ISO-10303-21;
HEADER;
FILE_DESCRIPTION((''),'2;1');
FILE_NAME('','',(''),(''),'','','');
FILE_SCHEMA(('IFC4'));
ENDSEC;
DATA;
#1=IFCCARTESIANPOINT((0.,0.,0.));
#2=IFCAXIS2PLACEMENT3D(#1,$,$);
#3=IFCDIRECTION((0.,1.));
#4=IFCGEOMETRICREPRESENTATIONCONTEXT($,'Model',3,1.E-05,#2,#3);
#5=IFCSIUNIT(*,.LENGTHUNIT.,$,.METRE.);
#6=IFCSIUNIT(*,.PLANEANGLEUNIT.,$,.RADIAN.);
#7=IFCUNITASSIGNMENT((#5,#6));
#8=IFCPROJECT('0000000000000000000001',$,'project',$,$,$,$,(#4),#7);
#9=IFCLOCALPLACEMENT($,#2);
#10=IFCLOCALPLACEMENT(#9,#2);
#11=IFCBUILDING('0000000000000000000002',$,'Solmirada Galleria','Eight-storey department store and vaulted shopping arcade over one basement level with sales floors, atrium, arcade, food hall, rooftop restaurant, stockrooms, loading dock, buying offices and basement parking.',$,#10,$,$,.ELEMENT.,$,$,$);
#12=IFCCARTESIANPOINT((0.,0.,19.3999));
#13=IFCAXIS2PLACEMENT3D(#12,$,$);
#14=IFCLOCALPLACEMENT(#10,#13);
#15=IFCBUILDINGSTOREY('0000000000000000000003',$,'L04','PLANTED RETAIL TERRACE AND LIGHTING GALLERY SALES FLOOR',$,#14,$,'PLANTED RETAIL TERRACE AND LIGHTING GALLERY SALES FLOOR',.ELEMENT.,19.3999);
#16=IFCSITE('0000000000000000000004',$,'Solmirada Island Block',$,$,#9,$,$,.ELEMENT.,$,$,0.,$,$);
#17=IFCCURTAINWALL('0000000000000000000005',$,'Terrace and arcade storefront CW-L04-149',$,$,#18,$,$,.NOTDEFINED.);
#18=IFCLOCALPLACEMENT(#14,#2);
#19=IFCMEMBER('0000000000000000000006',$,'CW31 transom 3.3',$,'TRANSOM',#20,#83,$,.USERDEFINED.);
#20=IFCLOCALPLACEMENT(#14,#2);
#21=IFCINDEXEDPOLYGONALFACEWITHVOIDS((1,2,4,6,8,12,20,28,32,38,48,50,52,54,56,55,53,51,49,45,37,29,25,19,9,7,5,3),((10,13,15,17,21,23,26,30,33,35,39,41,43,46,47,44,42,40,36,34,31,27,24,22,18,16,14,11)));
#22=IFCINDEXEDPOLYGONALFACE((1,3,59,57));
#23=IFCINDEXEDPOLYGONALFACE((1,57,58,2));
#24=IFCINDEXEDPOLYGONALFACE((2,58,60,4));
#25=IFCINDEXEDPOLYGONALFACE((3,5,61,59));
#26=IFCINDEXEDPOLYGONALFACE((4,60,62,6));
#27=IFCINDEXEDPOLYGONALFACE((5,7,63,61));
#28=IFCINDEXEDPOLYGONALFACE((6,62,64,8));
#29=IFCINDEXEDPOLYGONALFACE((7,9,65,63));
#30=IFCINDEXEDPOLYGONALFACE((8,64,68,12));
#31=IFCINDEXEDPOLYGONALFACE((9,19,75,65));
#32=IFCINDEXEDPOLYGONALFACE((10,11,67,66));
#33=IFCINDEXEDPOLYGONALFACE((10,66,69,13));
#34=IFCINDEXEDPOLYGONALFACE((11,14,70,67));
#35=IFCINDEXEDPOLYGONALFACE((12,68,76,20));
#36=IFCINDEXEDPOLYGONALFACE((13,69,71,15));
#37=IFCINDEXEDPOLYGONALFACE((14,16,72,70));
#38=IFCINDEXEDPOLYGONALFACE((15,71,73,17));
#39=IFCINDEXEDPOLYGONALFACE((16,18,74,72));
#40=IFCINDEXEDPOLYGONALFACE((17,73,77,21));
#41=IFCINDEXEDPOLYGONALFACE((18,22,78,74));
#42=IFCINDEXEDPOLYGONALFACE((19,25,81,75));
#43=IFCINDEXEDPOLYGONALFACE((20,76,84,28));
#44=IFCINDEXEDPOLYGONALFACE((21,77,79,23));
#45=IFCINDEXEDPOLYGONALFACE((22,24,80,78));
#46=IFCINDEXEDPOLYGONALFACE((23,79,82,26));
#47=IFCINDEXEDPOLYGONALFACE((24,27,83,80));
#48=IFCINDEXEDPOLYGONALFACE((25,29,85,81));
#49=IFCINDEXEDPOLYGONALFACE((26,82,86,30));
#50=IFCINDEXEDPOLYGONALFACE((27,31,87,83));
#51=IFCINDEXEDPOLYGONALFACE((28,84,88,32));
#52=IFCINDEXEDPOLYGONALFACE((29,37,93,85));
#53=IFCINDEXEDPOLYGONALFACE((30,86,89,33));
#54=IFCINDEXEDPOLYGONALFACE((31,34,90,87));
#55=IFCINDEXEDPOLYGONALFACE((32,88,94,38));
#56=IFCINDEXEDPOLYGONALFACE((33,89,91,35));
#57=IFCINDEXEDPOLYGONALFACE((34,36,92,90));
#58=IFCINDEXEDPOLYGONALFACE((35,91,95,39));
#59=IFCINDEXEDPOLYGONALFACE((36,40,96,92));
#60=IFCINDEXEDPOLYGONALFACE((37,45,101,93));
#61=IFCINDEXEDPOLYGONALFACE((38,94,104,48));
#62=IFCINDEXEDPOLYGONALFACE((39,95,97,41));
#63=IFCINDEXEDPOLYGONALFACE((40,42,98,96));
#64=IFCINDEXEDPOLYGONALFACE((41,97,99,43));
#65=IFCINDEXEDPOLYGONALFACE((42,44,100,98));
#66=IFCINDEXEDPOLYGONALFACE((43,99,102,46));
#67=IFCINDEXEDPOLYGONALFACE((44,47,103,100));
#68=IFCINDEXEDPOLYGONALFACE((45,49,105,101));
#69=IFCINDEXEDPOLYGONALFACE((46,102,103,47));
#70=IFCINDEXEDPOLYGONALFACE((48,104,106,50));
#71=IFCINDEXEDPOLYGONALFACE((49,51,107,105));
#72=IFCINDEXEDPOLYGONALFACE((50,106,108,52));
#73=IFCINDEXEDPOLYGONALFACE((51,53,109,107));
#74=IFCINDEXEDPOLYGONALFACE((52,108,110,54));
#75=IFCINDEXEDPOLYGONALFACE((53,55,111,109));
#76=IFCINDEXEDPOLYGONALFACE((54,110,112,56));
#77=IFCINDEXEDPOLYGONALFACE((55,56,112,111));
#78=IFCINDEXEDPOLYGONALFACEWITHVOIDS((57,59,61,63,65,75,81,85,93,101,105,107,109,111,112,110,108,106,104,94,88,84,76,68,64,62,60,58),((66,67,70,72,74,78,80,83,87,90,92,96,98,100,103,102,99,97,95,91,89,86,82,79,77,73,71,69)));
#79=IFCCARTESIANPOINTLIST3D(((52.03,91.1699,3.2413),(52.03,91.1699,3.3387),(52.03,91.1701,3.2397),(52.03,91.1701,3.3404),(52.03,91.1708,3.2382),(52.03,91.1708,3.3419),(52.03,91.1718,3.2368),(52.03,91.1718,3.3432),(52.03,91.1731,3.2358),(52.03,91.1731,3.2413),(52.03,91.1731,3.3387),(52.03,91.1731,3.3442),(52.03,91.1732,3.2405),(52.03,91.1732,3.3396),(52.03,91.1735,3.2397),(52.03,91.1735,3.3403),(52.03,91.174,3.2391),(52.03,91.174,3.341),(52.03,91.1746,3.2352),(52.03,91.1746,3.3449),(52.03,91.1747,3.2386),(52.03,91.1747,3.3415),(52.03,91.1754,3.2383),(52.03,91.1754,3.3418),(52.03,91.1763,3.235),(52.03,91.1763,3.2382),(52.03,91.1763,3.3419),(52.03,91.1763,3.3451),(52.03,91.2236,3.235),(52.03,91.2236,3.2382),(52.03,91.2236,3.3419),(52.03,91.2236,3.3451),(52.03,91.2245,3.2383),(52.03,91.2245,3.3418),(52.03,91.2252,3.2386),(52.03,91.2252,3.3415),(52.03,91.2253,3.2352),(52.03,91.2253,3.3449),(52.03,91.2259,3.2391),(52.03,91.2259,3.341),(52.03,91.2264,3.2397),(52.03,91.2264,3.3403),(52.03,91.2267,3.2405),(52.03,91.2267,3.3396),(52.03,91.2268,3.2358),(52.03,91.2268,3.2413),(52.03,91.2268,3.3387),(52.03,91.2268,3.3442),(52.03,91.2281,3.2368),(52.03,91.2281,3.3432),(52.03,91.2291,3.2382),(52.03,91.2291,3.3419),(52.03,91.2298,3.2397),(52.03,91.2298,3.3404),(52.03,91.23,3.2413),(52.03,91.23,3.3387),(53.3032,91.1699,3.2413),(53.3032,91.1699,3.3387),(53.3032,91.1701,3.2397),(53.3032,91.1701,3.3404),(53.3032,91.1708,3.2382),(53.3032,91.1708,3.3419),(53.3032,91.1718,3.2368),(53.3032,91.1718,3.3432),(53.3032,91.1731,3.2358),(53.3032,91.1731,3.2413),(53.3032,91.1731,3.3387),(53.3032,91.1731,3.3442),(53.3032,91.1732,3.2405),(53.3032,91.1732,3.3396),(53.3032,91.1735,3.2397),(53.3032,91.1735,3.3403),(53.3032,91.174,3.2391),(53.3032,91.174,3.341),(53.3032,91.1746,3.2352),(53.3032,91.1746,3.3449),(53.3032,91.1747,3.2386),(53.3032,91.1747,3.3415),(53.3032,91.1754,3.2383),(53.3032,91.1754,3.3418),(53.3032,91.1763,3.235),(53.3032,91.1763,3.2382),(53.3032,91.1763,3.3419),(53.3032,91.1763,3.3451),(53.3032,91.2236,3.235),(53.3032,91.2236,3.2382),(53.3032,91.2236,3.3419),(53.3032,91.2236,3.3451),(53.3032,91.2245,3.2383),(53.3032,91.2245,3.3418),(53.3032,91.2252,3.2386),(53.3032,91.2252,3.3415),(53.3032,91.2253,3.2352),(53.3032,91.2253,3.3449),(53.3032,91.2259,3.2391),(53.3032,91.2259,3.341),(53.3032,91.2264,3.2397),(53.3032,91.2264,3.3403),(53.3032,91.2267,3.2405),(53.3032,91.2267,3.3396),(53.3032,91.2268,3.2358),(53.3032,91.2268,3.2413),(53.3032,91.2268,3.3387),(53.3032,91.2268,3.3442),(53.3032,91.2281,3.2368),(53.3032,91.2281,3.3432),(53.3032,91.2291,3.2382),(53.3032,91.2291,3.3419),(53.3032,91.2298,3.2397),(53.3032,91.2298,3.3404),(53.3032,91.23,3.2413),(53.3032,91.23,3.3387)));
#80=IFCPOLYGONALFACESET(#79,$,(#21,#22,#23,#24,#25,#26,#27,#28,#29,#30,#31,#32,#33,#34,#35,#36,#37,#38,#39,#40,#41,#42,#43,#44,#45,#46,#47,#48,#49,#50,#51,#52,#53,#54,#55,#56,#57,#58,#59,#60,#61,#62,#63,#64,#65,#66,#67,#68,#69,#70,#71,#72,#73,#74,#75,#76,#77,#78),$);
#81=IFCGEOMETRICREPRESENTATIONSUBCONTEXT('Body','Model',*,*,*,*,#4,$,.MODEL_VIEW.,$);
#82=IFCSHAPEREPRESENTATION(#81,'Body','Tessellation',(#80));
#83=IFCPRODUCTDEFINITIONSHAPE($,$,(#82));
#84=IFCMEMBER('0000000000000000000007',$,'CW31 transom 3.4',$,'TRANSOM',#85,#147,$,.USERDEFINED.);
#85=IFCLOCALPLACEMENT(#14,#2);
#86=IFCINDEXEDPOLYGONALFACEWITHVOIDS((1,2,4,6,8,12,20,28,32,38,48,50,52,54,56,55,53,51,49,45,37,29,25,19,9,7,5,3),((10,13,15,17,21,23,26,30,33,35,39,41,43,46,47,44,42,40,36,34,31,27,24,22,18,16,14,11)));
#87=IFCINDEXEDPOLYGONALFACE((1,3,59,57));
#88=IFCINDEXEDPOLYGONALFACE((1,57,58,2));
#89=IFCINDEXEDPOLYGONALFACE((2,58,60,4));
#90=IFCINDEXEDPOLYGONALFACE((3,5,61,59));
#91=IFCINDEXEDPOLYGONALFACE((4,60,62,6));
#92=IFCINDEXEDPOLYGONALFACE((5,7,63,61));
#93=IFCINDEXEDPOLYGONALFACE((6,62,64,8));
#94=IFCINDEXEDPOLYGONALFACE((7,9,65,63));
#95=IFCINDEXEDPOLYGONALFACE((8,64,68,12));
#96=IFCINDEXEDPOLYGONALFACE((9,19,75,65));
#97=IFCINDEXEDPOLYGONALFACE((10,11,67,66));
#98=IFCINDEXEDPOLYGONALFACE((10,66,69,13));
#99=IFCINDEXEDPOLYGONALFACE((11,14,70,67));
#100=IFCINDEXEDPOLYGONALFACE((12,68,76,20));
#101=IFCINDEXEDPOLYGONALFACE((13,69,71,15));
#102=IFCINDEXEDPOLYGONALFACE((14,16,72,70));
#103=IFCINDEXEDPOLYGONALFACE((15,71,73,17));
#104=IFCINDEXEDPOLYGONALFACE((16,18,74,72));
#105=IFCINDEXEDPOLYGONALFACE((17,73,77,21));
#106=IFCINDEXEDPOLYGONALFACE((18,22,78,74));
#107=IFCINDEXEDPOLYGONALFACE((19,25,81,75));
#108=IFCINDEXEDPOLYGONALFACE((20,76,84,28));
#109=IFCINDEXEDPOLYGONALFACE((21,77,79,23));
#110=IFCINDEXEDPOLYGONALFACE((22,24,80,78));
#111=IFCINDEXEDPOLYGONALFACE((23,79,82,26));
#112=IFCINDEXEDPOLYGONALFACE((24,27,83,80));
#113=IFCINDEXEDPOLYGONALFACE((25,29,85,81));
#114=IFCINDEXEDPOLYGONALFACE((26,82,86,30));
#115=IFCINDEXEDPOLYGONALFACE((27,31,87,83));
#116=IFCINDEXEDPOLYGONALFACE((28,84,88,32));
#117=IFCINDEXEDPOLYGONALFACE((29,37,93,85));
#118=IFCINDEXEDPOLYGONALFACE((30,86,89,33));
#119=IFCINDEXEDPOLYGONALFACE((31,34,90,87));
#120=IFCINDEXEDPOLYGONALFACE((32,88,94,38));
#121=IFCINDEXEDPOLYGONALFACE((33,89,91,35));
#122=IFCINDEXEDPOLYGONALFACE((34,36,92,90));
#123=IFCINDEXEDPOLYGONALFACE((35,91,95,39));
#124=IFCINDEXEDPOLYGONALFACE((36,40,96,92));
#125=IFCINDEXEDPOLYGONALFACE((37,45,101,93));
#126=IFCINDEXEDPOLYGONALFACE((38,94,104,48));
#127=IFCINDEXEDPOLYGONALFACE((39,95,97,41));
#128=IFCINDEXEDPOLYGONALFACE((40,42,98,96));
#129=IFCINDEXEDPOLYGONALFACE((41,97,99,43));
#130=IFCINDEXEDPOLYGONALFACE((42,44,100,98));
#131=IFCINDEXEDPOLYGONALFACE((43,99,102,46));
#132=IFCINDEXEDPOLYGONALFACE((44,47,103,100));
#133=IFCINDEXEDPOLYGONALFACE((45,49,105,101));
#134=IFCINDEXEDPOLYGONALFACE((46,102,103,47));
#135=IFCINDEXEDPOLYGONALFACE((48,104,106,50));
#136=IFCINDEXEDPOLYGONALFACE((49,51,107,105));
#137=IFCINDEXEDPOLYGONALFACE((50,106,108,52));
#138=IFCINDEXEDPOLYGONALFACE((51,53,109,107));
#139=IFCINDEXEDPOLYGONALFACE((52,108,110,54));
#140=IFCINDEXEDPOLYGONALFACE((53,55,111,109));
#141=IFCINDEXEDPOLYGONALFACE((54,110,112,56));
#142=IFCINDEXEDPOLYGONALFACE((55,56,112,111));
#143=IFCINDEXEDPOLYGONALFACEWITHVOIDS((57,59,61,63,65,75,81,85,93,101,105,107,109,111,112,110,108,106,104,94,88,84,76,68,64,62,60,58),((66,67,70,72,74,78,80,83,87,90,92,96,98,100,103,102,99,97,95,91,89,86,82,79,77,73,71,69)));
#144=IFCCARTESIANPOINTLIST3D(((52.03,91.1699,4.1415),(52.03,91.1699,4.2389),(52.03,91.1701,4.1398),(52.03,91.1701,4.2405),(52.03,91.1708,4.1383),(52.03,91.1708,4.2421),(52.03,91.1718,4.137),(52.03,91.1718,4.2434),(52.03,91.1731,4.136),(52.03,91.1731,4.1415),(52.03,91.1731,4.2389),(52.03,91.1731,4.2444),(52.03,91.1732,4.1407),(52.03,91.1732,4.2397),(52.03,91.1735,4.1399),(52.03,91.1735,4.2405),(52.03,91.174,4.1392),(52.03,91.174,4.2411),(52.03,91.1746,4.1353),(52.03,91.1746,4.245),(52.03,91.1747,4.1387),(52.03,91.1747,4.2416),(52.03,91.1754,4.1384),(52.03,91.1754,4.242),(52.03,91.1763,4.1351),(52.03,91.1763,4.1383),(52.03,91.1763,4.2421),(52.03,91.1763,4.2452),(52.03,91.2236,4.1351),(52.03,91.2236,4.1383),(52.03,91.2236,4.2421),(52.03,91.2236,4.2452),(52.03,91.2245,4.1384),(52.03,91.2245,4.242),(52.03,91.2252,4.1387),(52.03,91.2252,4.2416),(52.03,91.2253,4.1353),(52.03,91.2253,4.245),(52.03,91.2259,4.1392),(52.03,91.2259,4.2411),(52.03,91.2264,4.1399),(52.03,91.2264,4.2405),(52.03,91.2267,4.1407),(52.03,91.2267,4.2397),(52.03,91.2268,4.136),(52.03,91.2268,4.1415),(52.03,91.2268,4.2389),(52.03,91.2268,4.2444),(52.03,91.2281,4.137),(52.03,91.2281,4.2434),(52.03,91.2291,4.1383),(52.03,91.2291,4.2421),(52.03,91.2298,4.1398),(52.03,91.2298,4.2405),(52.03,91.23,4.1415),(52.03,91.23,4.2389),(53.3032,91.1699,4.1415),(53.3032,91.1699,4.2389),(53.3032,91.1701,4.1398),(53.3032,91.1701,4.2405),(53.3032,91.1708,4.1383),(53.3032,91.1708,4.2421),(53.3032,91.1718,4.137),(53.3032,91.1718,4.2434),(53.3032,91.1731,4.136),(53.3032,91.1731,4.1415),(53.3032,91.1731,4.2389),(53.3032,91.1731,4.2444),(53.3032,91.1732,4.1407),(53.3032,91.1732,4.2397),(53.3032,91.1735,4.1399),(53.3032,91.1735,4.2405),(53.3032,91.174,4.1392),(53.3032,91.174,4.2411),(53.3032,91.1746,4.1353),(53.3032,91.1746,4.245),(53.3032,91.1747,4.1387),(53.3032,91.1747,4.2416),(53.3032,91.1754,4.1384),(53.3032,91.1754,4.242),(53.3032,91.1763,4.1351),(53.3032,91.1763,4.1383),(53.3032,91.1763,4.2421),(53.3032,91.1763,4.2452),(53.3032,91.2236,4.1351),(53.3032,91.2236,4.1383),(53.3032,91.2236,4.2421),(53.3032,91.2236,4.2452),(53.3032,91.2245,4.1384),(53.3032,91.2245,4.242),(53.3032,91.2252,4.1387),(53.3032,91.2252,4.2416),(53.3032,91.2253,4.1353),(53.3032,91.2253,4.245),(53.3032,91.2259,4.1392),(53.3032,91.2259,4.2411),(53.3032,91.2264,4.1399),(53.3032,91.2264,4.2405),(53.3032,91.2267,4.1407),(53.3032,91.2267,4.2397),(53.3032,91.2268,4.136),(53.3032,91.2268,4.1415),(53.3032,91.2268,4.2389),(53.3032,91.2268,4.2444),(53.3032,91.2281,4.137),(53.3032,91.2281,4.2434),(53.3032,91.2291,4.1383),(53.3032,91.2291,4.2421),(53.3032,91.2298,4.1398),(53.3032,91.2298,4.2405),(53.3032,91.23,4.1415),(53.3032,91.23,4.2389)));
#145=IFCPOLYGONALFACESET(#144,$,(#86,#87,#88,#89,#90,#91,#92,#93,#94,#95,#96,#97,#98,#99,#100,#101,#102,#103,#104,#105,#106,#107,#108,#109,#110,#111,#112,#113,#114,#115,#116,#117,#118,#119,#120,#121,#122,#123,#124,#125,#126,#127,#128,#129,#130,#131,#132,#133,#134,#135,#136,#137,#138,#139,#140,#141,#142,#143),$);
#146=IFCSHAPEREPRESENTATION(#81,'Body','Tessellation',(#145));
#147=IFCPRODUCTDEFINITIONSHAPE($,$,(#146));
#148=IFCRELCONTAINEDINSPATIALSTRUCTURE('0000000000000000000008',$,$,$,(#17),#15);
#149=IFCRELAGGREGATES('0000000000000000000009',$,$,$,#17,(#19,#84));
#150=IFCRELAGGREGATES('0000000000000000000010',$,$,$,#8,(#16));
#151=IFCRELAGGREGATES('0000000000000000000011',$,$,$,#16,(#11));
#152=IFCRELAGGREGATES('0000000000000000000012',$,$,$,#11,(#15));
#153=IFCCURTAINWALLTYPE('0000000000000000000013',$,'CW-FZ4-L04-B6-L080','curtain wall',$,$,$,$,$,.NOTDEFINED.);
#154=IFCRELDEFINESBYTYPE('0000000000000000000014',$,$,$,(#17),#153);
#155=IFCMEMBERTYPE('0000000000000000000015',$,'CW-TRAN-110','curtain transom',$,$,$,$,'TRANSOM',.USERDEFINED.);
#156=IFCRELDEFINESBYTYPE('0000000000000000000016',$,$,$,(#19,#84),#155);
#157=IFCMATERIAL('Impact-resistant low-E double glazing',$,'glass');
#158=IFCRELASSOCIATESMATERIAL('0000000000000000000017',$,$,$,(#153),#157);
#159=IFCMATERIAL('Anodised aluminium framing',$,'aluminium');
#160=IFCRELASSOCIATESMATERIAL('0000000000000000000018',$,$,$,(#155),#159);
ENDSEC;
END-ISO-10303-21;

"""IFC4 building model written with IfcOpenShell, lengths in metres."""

from ifc_helpers import new_model, si_unit, direction, frame, origin, origin_2d, place, context, subcontext, project, spatial, hollow_rectangle, extrude, material, material_profile, profile_set, type_object, element, aggregate, save


model = new_model("IFC4")

# Units and contexts
model_context = context("Model", 3, precision=1e-05, world=origin(), true_north=direction((0.0, 1.0)))
body_context = subcontext(model_context, "Body", "Model", "MODEL_VIEW")
ifc_project = project(units=[si_unit("LENGTHUNIT", "METRE"), si_unit("PLANEANGLEUNIT", "RADIAN")], contexts=[model_context])

# Site, building, storey
site_placement = place(None, origin())
site = spatial("IfcSite", under=ifc_project, at=site_placement, Name="Solmirada Island Block", CompositionType="ELEMENT", RefElevation=0.0)
building_placement = place(site_placement, origin())
building = spatial("IfcBuilding", under=site, at=building_placement, Name="Solmirada Galleria", Description="Eight-storey department store and vaulted shopping arcade over one basement level with sales floors, atrium, arcade, food hall, rooftop restaurant, stockrooms, loading dock, buying offices and basement parking.", CompositionType="ELEMENT")
storey_placement = place(building_placement, frame((0.0, 0.0, 19.3999)))
storey = spatial("IfcBuildingStorey", under=building, at=storey_placement, Name="L04", Description="PLANTED RETAIL TERRACE AND LIGHTING GALLERY SALES FLOOR", LongName="PLANTED RETAIL TERRACE AND LIGHTING GALLERY SALES FLOOR", CompositionType="ELEMENT", Elevation=19.3999)

# Curtain wall, members
ifc_material_1 = material(Name="Impact-resistant low-E double glazing", Category="glass")
curtain_wall_type = type_object("IfcCurtainWallType", Name="CW-FZ4-L04-B6-L080", Description="curtain wall", PredefinedType="NOTDEFINED", material=ifc_material_1)
curtain_wall_placement = place(storey_placement, origin())
curtain_wall = element("IfcCurtainWall", 1, at=curtain_wall_placement, inside=storey, type_object=curtain_wall_type, Name="Terrace and arcade storefront CW-L04-149", PredefinedType="NOTDEFINED")
ifc_material_2 = material(Name="Anodised aluminium framing", Category="aluminium")
ifc_material_profile_1 = material_profile(ifc_material_2, hollow_rectangle(XDim=0.0601, YDim=0.1101, WallThickness=0.0032, InnerFilletRadius=0.0032, OuterFilletRadius=0.0063, at=origin_2d()), Name="ALU-TRAN-110X60")
ifc_profile_set_1 = profile_set([ifc_material_profile_1], Name="Anodised aluminium framing")
member_type_1 = type_object("IfcMemberType", Name="CW-TRAN-110", Description="curtain transom", ElementType="TRANSOM", PredefinedType="USERDEFINED", material=ifc_profile_set_1)
member_1_placement = place(storey_placement, frame((53.3032, 91.2, 3.29), z_axis=(-1.0, 0.0, 0.0), x_axis=(0.0, -1.0, 0.0)))
member_1 = element("IfcMember", 2, at=member_1_placement, type_object=member_type_1, Name="CW31 transom 3.3", ObjectType="TRANSOM", PredefinedType="USERDEFINED", context=body_context, shape_type="SweptSolid", body=[
    extrude(hollow_rectangle(XDim=0.0601, YDim=0.1101, WallThickness=0.0032, InnerFilletRadius=0.0032, OuterFilletRadius=0.0063, at=origin_2d()), origin(), (0.0, 0.0, 1.0), 1.2732),
])
member_2_placement = place(storey_placement, frame((53.3032, 91.2, 4.1902), z_axis=(-1.0, 0.0, 0.0), x_axis=(0.0, -1.0, 0.0)))
member_2 = element("IfcMember", 3, at=member_2_placement, type_object=member_type_1, Name="CW31 transom 3.4", ObjectType="TRANSOM", PredefinedType="USERDEFINED", context=body_context, shape_type="SweptSolid", body=[
    extrude(hollow_rectangle(XDim=0.0601, YDim=0.1101, WallThickness=0.0032, InnerFilletRadius=0.0032, OuterFilletRadius=0.0063, at=origin_2d()), origin(), (0.0, 0.0, 1.0), 1.2732),
])
aggregate(curtain_wall, [member_1, member_2])

save(model, "model.ifc")
